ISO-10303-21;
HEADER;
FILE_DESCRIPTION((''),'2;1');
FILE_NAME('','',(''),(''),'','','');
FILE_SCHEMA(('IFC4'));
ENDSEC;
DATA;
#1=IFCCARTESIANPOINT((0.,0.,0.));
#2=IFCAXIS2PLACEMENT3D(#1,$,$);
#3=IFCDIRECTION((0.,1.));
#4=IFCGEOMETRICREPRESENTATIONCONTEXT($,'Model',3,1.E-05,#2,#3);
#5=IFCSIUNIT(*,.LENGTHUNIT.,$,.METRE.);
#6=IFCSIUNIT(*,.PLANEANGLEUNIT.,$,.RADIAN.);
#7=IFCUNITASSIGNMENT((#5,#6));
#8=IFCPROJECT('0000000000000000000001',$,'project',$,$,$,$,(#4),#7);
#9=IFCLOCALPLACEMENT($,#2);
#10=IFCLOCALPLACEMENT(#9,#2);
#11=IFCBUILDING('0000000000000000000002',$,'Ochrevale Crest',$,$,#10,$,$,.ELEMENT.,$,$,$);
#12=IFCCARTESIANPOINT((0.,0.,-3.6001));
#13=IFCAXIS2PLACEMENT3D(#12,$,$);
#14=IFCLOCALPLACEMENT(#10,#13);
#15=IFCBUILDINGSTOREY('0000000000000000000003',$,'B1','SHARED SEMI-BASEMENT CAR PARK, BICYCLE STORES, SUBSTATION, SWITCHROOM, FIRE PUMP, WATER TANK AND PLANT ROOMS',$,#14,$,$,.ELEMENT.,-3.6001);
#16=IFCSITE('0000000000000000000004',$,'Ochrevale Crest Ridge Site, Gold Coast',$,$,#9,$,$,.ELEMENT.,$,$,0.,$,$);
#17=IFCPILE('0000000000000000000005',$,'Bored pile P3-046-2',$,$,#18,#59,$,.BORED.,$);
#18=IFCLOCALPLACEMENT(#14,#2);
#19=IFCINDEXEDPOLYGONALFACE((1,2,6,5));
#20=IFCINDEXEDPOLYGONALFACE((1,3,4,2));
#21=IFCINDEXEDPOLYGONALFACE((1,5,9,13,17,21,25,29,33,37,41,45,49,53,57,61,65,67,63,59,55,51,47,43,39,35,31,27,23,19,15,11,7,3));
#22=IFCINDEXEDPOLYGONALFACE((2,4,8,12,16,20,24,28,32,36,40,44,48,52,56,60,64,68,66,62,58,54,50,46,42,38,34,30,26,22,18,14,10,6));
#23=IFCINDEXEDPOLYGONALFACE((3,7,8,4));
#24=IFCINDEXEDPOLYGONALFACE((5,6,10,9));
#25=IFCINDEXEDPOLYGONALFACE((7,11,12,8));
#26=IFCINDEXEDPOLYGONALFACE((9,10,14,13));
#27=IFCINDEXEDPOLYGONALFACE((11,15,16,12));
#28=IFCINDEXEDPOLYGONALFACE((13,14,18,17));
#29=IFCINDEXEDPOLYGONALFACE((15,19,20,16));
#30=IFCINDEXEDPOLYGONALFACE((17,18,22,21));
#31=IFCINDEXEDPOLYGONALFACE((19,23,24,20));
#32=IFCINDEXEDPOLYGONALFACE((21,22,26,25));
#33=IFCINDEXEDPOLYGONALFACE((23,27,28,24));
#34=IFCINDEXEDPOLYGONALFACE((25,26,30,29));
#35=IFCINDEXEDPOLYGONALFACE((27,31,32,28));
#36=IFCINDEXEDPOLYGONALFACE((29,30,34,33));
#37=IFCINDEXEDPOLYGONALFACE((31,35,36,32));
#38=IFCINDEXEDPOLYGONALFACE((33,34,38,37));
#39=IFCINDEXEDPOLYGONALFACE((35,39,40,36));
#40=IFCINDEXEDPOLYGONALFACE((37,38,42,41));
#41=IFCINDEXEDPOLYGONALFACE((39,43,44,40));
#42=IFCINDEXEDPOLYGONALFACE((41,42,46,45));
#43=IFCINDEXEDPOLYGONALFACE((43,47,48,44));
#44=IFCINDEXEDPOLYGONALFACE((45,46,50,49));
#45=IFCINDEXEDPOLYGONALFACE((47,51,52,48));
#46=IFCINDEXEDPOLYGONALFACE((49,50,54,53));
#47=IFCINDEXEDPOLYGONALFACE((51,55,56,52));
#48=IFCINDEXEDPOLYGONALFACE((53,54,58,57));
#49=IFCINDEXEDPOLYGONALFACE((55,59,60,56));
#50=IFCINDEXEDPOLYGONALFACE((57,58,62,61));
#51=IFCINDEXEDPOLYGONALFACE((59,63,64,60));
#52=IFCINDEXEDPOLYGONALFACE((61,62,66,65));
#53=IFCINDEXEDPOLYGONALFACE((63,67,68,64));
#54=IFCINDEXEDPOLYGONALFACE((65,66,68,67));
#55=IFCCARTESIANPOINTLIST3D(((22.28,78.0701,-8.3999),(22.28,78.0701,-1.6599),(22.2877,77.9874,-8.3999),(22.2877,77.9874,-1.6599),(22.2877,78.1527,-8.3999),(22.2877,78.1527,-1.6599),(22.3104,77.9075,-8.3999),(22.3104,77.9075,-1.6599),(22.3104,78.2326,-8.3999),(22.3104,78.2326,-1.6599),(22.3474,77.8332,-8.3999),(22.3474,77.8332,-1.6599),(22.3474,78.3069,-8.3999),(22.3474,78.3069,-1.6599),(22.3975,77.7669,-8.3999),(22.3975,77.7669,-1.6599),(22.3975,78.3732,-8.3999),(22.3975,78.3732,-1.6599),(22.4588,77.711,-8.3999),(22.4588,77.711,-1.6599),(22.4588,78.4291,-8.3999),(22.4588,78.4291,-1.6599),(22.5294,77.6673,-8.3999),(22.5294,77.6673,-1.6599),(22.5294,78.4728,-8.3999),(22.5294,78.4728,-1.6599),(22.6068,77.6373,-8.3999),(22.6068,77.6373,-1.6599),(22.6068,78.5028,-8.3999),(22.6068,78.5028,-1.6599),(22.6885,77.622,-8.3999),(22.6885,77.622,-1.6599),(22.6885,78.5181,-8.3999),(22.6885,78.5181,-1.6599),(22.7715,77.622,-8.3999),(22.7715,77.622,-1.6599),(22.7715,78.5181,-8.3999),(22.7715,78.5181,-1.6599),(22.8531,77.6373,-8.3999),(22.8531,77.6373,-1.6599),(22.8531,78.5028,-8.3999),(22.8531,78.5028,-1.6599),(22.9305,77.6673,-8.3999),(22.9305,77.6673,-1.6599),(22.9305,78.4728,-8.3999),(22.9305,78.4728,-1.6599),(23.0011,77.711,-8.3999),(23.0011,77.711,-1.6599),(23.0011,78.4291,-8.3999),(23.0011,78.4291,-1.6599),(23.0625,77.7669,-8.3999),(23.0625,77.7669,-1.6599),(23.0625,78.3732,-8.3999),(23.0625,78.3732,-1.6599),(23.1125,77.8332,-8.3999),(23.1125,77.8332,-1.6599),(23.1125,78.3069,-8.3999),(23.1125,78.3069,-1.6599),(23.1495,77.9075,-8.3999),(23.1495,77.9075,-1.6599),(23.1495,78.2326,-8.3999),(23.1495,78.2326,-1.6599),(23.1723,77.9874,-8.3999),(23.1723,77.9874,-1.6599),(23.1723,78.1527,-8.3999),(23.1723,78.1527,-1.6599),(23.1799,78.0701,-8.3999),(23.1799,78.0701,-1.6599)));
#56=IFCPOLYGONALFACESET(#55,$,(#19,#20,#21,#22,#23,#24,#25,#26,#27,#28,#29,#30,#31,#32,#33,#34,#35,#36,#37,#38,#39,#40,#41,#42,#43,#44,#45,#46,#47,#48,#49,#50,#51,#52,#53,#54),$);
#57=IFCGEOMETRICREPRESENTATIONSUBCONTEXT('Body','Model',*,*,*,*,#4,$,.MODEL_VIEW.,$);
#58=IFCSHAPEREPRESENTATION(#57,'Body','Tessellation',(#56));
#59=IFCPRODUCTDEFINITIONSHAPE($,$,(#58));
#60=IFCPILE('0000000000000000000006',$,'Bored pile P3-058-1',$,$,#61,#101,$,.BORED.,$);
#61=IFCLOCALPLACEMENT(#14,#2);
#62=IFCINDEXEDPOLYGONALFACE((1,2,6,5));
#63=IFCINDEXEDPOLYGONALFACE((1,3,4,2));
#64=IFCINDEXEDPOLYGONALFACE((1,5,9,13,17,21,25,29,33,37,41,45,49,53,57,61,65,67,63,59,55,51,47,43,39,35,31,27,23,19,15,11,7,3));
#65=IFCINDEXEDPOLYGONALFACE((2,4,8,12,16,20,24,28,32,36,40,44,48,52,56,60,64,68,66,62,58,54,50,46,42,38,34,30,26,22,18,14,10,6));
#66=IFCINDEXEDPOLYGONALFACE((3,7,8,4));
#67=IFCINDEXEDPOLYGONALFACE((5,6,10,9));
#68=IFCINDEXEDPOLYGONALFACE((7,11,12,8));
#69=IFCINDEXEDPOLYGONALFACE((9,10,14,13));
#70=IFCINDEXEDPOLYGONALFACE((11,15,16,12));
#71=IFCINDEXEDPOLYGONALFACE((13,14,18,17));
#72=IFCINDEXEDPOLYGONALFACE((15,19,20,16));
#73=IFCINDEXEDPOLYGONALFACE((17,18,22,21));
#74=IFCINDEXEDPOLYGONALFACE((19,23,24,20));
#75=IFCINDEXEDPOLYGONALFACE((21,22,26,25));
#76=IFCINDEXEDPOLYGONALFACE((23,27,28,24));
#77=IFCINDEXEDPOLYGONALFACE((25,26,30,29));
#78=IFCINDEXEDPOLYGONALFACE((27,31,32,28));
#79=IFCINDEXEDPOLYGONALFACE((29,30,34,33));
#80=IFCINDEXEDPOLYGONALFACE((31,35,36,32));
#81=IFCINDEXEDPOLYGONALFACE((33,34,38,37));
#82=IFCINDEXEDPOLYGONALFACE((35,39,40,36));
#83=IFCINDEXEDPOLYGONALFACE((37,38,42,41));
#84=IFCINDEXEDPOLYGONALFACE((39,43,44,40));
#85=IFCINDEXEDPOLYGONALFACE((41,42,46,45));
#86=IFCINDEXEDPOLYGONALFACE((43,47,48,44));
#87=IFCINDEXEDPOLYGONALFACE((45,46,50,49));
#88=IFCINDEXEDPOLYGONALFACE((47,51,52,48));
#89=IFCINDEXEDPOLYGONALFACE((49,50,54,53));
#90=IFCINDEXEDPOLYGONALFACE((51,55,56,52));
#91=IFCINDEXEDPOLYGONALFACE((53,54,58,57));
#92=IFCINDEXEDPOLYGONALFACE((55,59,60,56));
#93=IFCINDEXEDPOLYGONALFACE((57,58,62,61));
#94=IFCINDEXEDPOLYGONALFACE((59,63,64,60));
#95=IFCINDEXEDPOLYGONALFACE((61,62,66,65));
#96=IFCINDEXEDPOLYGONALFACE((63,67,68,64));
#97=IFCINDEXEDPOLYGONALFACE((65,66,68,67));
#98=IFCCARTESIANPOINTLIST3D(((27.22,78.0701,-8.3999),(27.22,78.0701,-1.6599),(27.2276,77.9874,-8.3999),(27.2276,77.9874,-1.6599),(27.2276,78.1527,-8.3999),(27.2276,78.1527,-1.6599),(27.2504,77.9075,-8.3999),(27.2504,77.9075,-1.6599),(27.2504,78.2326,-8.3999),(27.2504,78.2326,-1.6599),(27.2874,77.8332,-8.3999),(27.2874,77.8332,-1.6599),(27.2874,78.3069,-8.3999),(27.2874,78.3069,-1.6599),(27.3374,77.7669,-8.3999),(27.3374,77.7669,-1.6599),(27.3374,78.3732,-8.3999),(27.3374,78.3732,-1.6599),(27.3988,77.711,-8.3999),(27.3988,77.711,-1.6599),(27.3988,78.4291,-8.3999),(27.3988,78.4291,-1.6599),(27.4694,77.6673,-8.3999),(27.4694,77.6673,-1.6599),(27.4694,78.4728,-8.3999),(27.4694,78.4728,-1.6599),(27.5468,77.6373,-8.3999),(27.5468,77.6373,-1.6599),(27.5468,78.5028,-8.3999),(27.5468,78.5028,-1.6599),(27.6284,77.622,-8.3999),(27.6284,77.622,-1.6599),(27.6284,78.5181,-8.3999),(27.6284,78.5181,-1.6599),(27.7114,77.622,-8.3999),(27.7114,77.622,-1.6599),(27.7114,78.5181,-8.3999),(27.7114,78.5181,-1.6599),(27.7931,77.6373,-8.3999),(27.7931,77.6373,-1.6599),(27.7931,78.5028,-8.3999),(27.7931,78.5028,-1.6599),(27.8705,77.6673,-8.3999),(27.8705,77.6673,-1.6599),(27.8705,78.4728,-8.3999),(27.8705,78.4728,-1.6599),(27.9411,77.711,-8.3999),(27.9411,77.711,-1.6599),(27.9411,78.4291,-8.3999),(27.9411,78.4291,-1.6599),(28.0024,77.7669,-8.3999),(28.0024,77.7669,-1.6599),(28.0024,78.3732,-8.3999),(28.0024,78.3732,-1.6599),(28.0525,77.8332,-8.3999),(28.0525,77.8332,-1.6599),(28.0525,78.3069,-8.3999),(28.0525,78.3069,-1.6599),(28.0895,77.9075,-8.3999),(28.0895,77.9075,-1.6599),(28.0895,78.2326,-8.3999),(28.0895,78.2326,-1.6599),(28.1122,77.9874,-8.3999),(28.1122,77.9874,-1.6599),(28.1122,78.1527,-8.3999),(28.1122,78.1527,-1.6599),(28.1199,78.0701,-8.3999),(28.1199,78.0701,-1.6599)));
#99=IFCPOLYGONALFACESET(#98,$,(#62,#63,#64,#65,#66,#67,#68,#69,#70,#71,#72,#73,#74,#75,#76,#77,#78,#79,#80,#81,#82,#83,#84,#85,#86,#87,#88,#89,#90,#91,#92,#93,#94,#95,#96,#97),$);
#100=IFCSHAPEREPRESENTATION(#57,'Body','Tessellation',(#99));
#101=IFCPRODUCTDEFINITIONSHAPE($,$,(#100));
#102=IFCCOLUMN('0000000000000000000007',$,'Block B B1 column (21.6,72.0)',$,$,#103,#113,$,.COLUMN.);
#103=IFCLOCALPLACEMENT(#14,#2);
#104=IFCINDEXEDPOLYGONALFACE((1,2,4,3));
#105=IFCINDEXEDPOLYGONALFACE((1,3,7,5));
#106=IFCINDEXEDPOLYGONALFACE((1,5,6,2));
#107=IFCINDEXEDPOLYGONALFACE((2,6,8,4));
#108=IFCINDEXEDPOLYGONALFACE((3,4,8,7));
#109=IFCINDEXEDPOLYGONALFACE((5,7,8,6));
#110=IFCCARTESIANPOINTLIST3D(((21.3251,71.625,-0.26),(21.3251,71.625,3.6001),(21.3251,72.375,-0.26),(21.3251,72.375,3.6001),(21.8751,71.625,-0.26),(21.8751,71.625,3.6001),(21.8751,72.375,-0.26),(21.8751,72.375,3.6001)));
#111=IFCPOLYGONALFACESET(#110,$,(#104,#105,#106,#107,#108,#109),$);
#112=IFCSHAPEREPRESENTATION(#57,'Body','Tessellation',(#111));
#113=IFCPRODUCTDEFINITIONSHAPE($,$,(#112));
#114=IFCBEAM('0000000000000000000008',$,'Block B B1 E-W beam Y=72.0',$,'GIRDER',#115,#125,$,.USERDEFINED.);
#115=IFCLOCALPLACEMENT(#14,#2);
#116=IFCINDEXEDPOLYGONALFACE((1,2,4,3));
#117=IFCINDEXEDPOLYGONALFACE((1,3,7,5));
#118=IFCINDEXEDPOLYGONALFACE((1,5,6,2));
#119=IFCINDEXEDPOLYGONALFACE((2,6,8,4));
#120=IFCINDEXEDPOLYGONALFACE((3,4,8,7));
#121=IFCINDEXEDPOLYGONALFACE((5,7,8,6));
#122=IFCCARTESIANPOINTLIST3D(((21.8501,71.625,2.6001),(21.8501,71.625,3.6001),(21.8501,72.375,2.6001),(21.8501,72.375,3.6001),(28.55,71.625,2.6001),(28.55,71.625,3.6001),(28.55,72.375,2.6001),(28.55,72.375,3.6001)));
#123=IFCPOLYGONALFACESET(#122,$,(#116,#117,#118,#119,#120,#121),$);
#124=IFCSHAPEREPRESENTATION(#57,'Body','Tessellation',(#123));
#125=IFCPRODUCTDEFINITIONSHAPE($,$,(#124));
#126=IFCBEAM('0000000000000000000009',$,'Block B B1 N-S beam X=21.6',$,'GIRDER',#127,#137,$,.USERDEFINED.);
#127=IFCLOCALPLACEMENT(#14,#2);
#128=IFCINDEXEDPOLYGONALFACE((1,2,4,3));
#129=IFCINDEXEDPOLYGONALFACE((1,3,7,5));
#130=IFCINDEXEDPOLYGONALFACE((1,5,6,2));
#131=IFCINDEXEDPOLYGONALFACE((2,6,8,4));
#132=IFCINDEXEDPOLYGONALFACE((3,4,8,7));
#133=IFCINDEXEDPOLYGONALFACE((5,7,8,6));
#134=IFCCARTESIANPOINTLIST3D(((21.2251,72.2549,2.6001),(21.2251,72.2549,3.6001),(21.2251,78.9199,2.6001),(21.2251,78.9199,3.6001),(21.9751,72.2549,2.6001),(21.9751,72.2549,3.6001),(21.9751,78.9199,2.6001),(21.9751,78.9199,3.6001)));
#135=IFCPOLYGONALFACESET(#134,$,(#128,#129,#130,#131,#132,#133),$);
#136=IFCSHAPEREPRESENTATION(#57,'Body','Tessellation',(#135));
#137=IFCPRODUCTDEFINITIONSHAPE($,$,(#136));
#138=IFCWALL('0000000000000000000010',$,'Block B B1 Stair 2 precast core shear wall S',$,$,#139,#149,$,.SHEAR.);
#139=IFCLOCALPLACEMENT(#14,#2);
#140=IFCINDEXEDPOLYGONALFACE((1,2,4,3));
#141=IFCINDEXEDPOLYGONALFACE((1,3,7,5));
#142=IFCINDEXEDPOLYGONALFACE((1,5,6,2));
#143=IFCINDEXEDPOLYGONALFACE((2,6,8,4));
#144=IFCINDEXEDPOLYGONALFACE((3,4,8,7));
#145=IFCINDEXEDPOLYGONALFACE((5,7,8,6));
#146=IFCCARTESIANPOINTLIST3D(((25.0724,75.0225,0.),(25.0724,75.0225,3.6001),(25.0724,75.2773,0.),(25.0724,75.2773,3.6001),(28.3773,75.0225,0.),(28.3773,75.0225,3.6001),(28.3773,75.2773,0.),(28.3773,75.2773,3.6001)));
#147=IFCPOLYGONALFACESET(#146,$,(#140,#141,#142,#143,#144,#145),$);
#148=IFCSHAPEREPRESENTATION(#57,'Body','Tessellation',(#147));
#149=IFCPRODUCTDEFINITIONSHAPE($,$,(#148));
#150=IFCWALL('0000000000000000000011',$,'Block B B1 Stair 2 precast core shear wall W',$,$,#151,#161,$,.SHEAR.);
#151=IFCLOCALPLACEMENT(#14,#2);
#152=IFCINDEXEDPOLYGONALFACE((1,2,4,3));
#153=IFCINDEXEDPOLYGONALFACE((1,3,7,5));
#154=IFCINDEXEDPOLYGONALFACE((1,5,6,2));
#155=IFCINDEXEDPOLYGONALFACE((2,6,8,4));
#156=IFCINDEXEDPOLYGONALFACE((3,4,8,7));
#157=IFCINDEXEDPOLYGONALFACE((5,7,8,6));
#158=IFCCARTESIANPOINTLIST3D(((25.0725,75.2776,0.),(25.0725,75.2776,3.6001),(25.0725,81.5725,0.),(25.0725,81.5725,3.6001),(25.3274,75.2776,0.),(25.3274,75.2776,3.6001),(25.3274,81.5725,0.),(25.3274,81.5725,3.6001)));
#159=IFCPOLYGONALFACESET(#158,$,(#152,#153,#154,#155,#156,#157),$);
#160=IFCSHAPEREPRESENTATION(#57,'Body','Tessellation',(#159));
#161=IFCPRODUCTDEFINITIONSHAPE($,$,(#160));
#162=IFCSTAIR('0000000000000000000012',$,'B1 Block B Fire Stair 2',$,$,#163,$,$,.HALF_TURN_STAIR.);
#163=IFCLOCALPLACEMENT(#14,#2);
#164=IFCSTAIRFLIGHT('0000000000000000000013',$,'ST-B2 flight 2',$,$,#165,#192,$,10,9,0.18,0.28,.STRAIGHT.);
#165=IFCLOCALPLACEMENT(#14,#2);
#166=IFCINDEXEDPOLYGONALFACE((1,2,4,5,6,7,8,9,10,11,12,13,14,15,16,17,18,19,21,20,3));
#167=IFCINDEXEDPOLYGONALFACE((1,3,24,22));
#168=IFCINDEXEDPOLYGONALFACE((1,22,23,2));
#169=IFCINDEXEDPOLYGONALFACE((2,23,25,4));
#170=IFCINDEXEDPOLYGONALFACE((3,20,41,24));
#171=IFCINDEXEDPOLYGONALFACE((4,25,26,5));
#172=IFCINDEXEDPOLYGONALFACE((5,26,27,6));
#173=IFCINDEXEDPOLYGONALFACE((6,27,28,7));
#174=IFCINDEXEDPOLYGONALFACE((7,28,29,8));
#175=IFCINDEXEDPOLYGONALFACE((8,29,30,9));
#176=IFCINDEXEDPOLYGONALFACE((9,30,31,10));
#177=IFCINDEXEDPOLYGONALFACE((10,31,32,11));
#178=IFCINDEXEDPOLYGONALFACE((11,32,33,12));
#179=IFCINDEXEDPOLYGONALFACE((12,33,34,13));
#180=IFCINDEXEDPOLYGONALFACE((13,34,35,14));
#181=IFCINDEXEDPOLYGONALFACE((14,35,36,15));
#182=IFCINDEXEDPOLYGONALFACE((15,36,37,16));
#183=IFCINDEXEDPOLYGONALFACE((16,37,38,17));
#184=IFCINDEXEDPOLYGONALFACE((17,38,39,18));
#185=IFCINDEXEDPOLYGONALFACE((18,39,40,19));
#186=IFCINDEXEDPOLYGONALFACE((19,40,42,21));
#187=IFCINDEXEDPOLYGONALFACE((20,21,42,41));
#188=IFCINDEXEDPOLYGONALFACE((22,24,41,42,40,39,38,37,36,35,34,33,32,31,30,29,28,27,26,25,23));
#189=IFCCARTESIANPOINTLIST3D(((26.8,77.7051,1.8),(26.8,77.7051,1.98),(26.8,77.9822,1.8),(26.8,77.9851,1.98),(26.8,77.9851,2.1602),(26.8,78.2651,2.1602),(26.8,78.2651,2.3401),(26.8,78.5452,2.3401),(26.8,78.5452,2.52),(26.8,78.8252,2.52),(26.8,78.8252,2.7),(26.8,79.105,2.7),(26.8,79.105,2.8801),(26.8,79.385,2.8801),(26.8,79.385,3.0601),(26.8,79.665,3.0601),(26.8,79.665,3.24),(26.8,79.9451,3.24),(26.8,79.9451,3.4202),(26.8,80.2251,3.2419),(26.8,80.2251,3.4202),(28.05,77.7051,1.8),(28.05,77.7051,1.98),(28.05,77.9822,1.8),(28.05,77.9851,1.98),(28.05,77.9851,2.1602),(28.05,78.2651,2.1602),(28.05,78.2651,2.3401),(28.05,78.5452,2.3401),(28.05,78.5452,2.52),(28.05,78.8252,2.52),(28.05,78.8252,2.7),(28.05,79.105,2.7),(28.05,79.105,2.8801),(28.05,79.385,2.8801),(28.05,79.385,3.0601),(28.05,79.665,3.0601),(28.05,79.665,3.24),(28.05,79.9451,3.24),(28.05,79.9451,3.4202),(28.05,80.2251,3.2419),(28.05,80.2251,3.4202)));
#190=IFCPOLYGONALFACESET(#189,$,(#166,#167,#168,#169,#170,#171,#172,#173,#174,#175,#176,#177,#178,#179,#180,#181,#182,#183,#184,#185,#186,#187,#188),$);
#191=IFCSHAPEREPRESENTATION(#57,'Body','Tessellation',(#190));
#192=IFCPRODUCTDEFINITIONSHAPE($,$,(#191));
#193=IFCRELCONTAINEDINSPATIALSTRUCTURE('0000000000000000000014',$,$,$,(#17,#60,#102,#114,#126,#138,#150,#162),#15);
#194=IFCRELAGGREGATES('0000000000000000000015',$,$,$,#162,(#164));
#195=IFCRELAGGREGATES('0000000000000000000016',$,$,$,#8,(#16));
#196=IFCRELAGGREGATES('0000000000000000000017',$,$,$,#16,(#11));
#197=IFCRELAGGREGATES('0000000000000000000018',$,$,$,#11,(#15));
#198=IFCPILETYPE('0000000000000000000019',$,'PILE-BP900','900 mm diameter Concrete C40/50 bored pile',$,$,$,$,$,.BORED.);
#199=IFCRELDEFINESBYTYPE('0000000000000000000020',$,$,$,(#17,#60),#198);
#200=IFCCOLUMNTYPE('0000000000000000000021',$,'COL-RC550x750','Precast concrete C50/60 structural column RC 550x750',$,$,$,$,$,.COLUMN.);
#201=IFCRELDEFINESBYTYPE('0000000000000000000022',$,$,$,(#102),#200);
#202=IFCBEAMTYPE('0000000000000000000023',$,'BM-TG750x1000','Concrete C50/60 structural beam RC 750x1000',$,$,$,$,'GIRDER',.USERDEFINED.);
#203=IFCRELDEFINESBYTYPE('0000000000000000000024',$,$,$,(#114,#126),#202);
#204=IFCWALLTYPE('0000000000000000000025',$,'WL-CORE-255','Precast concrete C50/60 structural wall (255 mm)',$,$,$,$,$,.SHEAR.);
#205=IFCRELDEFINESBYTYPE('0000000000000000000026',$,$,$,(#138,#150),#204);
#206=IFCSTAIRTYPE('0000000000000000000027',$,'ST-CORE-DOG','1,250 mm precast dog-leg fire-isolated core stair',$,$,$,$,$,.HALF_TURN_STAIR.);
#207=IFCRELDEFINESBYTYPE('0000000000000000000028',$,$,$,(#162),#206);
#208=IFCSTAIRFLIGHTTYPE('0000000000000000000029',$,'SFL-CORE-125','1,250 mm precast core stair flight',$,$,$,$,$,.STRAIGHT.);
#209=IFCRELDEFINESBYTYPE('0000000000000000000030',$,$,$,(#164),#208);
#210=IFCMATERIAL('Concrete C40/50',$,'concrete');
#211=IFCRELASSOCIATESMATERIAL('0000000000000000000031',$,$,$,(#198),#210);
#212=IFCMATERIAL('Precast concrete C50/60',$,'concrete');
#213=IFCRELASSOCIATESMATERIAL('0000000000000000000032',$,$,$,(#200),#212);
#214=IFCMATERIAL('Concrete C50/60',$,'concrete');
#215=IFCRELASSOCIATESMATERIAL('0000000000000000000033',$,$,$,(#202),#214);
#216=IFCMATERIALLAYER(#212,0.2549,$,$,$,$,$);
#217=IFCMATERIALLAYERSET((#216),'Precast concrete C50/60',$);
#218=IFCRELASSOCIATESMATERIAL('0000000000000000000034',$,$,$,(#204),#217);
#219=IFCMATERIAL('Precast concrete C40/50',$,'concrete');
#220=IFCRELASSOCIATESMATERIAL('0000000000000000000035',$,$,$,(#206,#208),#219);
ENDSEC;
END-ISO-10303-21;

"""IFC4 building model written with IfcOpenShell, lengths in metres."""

from ifc_helpers import new_model, si_unit, direction, frame, frame_2d, origin, origin_2d, place, context, subcontext, project, spatial, polyline, rectangle, circle, outline, extrude, material, layer, layer_set, material_profile, profile_set, type_object, element, aggregate, save


model = new_model("IFC4")

# Units and contexts
model_context = context("Model", 3, precision=1e-05, world=origin(), true_north=direction((0.0, 1.0)))
body_context = subcontext(model_context, "Body", "Model", "MODEL_VIEW")
ifc_project = project(units=[si_unit("LENGTHUNIT", "METRE"), si_unit("PLANEANGLEUNIT", "RADIAN")], contexts=[model_context])

# Site, building, storey
site_placement = place(None, origin())
site = spatial("IfcSite", under=ifc_project, at=site_placement, Name="Ochrevale Crest Ridge Site, Gold Coast", CompositionType="ELEMENT", RefElevation=0.0)
building_placement = place(site_placement, origin())
building = spatial("IfcBuilding", under=site, at=building_placement, Name="Ochrevale Crest", CompositionType="ELEMENT")
storey_placement = place(building_placement, frame((0.0, 0.0, -3.6001)))
storey = spatial("IfcBuildingStorey", under=building, at=storey_placement, Name="B1", Description="SHARED SEMI-BASEMENT CAR PARK, BICYCLE STORES, SUBSTATION, SWITCHROOM, FIRE PUMP, WATER TANK AND PLANT ROOMS", CompositionType="ELEMENT", Elevation=-3.6001)

# Shared definitions
ifc_material_1 = material(Name="Concrete C40/50", Category="concrete")

# Piles
ifc_material_profile_1 = material_profile(ifc_material_1, circle(Radius=0.45, at=origin_2d()), Name="BORED PILE 900")
ifc_profile_set_1 = profile_set([ifc_material_profile_1], Name="Concrete C40/50")
pile_type_1 = type_object("IfcPileType", Name="PILE-BP900", Description="900 mm diameter Concrete C40/50 bored pile", PredefinedType="BORED", material=ifc_profile_set_1)
for number, where, z_axis, x_axis, name in (
    (1, (22.73, 78.0701, -1.6599), (0.0, 0.0, -1.0), (1.0, 0.0, 0.0), "Bored pile P3-046-2"),
    (2, (27.6699, 78.0701, -1.6599), (0.0, 0.0, -1.0), (1.0, 0.0, 0.0), "Bored pile P3-058-1"),
):
    element("IfcPile", number, at=place(storey_placement, frame(where, z_axis=z_axis, x_axis=x_axis)), inside=storey, type_object=pile_type_1, Name=name, PredefinedType="BORED", context=body_context, shape_type="SweptSolid", body=[
        extrude(circle(Radius=0.45, at=origin_2d()), origin(), (0.0, 0.0, 1.0), 6.74),
    ])

# Column
ifc_material_2 = material(Name="Precast concrete C50/60", Category="concrete")
ifc_material_profile_2 = material_profile(ifc_material_2, rectangle(XDim=0.55, YDim=0.75, at=origin_2d()), Name="RC 550x750")
ifc_profile_set_2 = profile_set([ifc_material_profile_2], Name="Precast concrete C50/60")
column_type = type_object("IfcColumnType", Name="COL-RC550x750", Description="Precast concrete C50/60 structural column RC 550x750", PredefinedType="COLUMN", material=ifc_profile_set_2)
column_placement = place(storey_placement, frame((21.6001, 72.0, -0.26), z_axis=(0.0, 0.0, 1.0), x_axis=(1.0, 0.0, 0.0)))
element("IfcColumn", 3, at=column_placement, inside=storey, type_object=column_type, Name="Block B B1 column (21.6,72.0)", PredefinedType="COLUMN", context=body_context, shape_type="SweptSolid", body=[
    extrude(rectangle(XDim=0.55, YDim=0.75, at=origin_2d()), origin(), (0.0, 0.0, 1.0), 3.8601),
])

# Beams
ifc_material_3 = material(Name="Concrete C50/60", Category="concrete")
ifc_material_profile_3 = material_profile(ifc_material_3, rectangle(XDim=0.75, YDim=1.0, at=origin_2d()), Name="RC 750x1000")
ifc_profile_set_3 = profile_set([ifc_material_profile_3], Name="Concrete C50/60")
beam_type = type_object("IfcBeamType", Name="BM-TG750x1000", Description="Concrete C50/60 structural beam RC 750x1000", ElementType="GIRDER", PredefinedType="USERDEFINED", material=ifc_profile_set_3)
beam_1_placement = place(storey_placement, frame((21.8501, 72.0, 3.1001), z_axis=(1.0, 0.0, 0.0), x_axis=(0.0, 1.0, 0.0)))
element("IfcBeam", 4, at=beam_1_placement, inside=storey, type_object=beam_type, Name="Block B B1 E-W beam Y=72.0", ObjectType="GIRDER", PredefinedType="USERDEFINED", context=body_context, shape_type="SweptSolid", body=[
    extrude(rectangle(XDim=0.75, YDim=1.0, at=origin_2d()), origin(), (0.0, 0.0, 1.0), 6.7),
])
beam_2_placement = place(storey_placement, frame((21.6001, 72.2549, 3.1001), z_axis=(0.0, 1.0, 0.0), x_axis=(-1.0, 0.0, 0.0)))
element("IfcBeam", 5, at=beam_2_placement, inside=storey, type_object=beam_type, Name="Block B B1 N-S beam X=21.6", ObjectType="GIRDER", PredefinedType="USERDEFINED", context=body_context, shape_type="SweptSolid", body=[
    extrude(rectangle(XDim=0.75, YDim=1.0, at=origin_2d()), origin(), (0.0, 0.0, 1.0), 6.665),
])

# Walls
ifc_layer = layer(ifc_material_2, 0.2549)
ifc_layer_set = layer_set([ifc_layer], Name="Precast concrete C50/60")
wall_type = type_object("IfcWallType", Name="WL-CORE-255", Description="Precast concrete C50/60 structural wall (255 mm)", PredefinedType="SHEAR", material=ifc_layer_set)
wall_1_placement = place(storey_placement, frame((25.0725, 75.1499, 0.0), z_axis=(0.0, 0.0, 1.0), x_axis=(1.0, 0.0, 0.0)))
element("IfcWall", 6, at=wall_1_placement, inside=storey, type_object=wall_type, Name="Block B B1 Stair 2 precast core shear wall S", PredefinedType="SHEAR", context=body_context, shape_type="SweptSolid", body=[
    extrude(rectangle(XDim=3.3049, YDim=0.2549, at=frame_2d((1.6523, 0.0))), origin(), (0.0, 0.0, 1.0), 3.6001),
])
wall_2_placement = place(storey_placement, frame((25.2, 75.2776, 0.0), z_axis=(0.0, 0.0, 1.0), x_axis=(0.0, 1.0, 0.0)))
element("IfcWall", 7, at=wall_2_placement, inside=storey, type_object=wall_type, Name="Block B B1 Stair 2 precast core shear wall W", PredefinedType="SHEAR", context=body_context, shape_type="SweptSolid", body=[
    extrude(rectangle(XDim=6.2949, YDim=0.2549, at=frame_2d((3.1475, 0.0))), origin(), (0.0, 0.0, 1.0), 3.6001),
])

# Stair, stair flight
ifc_material_4 = material(Name="Precast concrete C40/50", Category="concrete")
stair_type = type_object("IfcStairType", Name="ST-CORE-DOG", Description="1,250 mm precast dog-leg fire-isolated core stair", PredefinedType="HALF_TURN_STAIR", material=ifc_material_4)
stair_placement = place(storey_placement, origin())
stair = element("IfcStair", 8, at=stair_placement, inside=storey, type_object=stair_type, Name="B1 Block B Fire Stair 2", PredefinedType="HALF_TURN_STAIR")
stair_flight_type = type_object("IfcStairFlightType", Name="SFL-CORE-125", Description="1,250 mm precast core stair flight", PredefinedType="STRAIGHT", material=ifc_material_4)
stair_flight_placement = place(storey_placement, frame((27.425, 77.7051, 1.8), z_axis=(0.0, 0.0, 1.0), x_axis=(0.0, 1.0, 0.0)))
stair_flight = element("IfcStairFlight", 9, at=stair_flight_placement, type_object=stair_flight_type, Name="ST-B2 flight 2", NumberOfRisers=10, NumberOfTreads=9, PredefinedType="STRAIGHT", RiserHeight=0.18, TreadLength=0.28, context=body_context, shape_type="SweptSolid", body=[
    extrude(outline(polyline([(0.0, 0.0), (0.0, 0.1799), (0.28, 0.1799), (0.28, 0.3601), (0.5601, 0.3601), (0.5601, 0.54), (0.8401, 0.54), (0.8401, 0.72), (1.1201, 0.72), (1.1201, 0.8999), (1.3999, 0.8999), (1.3999, 1.0801), (1.6799, 1.0801), (1.6799, 1.26), (1.96, 1.26), (1.96, 1.4399), (2.24, 1.4399), (2.24, 1.6201), (2.52, 1.6201), (2.52, 1.8), (2.52, 1.4419), (0.2771, 0.0), (0.0, 0.0)])), frame((0.0, 0.625, 0.0), z_axis=(0.0, -1.0, 0.0), x_axis=(1.0, 0.0, 0.0)), (0.0, 0.0, 1.0), 1.25),
])
aggregate(stair, [stair_flight])

save(model, "model.ifc")
